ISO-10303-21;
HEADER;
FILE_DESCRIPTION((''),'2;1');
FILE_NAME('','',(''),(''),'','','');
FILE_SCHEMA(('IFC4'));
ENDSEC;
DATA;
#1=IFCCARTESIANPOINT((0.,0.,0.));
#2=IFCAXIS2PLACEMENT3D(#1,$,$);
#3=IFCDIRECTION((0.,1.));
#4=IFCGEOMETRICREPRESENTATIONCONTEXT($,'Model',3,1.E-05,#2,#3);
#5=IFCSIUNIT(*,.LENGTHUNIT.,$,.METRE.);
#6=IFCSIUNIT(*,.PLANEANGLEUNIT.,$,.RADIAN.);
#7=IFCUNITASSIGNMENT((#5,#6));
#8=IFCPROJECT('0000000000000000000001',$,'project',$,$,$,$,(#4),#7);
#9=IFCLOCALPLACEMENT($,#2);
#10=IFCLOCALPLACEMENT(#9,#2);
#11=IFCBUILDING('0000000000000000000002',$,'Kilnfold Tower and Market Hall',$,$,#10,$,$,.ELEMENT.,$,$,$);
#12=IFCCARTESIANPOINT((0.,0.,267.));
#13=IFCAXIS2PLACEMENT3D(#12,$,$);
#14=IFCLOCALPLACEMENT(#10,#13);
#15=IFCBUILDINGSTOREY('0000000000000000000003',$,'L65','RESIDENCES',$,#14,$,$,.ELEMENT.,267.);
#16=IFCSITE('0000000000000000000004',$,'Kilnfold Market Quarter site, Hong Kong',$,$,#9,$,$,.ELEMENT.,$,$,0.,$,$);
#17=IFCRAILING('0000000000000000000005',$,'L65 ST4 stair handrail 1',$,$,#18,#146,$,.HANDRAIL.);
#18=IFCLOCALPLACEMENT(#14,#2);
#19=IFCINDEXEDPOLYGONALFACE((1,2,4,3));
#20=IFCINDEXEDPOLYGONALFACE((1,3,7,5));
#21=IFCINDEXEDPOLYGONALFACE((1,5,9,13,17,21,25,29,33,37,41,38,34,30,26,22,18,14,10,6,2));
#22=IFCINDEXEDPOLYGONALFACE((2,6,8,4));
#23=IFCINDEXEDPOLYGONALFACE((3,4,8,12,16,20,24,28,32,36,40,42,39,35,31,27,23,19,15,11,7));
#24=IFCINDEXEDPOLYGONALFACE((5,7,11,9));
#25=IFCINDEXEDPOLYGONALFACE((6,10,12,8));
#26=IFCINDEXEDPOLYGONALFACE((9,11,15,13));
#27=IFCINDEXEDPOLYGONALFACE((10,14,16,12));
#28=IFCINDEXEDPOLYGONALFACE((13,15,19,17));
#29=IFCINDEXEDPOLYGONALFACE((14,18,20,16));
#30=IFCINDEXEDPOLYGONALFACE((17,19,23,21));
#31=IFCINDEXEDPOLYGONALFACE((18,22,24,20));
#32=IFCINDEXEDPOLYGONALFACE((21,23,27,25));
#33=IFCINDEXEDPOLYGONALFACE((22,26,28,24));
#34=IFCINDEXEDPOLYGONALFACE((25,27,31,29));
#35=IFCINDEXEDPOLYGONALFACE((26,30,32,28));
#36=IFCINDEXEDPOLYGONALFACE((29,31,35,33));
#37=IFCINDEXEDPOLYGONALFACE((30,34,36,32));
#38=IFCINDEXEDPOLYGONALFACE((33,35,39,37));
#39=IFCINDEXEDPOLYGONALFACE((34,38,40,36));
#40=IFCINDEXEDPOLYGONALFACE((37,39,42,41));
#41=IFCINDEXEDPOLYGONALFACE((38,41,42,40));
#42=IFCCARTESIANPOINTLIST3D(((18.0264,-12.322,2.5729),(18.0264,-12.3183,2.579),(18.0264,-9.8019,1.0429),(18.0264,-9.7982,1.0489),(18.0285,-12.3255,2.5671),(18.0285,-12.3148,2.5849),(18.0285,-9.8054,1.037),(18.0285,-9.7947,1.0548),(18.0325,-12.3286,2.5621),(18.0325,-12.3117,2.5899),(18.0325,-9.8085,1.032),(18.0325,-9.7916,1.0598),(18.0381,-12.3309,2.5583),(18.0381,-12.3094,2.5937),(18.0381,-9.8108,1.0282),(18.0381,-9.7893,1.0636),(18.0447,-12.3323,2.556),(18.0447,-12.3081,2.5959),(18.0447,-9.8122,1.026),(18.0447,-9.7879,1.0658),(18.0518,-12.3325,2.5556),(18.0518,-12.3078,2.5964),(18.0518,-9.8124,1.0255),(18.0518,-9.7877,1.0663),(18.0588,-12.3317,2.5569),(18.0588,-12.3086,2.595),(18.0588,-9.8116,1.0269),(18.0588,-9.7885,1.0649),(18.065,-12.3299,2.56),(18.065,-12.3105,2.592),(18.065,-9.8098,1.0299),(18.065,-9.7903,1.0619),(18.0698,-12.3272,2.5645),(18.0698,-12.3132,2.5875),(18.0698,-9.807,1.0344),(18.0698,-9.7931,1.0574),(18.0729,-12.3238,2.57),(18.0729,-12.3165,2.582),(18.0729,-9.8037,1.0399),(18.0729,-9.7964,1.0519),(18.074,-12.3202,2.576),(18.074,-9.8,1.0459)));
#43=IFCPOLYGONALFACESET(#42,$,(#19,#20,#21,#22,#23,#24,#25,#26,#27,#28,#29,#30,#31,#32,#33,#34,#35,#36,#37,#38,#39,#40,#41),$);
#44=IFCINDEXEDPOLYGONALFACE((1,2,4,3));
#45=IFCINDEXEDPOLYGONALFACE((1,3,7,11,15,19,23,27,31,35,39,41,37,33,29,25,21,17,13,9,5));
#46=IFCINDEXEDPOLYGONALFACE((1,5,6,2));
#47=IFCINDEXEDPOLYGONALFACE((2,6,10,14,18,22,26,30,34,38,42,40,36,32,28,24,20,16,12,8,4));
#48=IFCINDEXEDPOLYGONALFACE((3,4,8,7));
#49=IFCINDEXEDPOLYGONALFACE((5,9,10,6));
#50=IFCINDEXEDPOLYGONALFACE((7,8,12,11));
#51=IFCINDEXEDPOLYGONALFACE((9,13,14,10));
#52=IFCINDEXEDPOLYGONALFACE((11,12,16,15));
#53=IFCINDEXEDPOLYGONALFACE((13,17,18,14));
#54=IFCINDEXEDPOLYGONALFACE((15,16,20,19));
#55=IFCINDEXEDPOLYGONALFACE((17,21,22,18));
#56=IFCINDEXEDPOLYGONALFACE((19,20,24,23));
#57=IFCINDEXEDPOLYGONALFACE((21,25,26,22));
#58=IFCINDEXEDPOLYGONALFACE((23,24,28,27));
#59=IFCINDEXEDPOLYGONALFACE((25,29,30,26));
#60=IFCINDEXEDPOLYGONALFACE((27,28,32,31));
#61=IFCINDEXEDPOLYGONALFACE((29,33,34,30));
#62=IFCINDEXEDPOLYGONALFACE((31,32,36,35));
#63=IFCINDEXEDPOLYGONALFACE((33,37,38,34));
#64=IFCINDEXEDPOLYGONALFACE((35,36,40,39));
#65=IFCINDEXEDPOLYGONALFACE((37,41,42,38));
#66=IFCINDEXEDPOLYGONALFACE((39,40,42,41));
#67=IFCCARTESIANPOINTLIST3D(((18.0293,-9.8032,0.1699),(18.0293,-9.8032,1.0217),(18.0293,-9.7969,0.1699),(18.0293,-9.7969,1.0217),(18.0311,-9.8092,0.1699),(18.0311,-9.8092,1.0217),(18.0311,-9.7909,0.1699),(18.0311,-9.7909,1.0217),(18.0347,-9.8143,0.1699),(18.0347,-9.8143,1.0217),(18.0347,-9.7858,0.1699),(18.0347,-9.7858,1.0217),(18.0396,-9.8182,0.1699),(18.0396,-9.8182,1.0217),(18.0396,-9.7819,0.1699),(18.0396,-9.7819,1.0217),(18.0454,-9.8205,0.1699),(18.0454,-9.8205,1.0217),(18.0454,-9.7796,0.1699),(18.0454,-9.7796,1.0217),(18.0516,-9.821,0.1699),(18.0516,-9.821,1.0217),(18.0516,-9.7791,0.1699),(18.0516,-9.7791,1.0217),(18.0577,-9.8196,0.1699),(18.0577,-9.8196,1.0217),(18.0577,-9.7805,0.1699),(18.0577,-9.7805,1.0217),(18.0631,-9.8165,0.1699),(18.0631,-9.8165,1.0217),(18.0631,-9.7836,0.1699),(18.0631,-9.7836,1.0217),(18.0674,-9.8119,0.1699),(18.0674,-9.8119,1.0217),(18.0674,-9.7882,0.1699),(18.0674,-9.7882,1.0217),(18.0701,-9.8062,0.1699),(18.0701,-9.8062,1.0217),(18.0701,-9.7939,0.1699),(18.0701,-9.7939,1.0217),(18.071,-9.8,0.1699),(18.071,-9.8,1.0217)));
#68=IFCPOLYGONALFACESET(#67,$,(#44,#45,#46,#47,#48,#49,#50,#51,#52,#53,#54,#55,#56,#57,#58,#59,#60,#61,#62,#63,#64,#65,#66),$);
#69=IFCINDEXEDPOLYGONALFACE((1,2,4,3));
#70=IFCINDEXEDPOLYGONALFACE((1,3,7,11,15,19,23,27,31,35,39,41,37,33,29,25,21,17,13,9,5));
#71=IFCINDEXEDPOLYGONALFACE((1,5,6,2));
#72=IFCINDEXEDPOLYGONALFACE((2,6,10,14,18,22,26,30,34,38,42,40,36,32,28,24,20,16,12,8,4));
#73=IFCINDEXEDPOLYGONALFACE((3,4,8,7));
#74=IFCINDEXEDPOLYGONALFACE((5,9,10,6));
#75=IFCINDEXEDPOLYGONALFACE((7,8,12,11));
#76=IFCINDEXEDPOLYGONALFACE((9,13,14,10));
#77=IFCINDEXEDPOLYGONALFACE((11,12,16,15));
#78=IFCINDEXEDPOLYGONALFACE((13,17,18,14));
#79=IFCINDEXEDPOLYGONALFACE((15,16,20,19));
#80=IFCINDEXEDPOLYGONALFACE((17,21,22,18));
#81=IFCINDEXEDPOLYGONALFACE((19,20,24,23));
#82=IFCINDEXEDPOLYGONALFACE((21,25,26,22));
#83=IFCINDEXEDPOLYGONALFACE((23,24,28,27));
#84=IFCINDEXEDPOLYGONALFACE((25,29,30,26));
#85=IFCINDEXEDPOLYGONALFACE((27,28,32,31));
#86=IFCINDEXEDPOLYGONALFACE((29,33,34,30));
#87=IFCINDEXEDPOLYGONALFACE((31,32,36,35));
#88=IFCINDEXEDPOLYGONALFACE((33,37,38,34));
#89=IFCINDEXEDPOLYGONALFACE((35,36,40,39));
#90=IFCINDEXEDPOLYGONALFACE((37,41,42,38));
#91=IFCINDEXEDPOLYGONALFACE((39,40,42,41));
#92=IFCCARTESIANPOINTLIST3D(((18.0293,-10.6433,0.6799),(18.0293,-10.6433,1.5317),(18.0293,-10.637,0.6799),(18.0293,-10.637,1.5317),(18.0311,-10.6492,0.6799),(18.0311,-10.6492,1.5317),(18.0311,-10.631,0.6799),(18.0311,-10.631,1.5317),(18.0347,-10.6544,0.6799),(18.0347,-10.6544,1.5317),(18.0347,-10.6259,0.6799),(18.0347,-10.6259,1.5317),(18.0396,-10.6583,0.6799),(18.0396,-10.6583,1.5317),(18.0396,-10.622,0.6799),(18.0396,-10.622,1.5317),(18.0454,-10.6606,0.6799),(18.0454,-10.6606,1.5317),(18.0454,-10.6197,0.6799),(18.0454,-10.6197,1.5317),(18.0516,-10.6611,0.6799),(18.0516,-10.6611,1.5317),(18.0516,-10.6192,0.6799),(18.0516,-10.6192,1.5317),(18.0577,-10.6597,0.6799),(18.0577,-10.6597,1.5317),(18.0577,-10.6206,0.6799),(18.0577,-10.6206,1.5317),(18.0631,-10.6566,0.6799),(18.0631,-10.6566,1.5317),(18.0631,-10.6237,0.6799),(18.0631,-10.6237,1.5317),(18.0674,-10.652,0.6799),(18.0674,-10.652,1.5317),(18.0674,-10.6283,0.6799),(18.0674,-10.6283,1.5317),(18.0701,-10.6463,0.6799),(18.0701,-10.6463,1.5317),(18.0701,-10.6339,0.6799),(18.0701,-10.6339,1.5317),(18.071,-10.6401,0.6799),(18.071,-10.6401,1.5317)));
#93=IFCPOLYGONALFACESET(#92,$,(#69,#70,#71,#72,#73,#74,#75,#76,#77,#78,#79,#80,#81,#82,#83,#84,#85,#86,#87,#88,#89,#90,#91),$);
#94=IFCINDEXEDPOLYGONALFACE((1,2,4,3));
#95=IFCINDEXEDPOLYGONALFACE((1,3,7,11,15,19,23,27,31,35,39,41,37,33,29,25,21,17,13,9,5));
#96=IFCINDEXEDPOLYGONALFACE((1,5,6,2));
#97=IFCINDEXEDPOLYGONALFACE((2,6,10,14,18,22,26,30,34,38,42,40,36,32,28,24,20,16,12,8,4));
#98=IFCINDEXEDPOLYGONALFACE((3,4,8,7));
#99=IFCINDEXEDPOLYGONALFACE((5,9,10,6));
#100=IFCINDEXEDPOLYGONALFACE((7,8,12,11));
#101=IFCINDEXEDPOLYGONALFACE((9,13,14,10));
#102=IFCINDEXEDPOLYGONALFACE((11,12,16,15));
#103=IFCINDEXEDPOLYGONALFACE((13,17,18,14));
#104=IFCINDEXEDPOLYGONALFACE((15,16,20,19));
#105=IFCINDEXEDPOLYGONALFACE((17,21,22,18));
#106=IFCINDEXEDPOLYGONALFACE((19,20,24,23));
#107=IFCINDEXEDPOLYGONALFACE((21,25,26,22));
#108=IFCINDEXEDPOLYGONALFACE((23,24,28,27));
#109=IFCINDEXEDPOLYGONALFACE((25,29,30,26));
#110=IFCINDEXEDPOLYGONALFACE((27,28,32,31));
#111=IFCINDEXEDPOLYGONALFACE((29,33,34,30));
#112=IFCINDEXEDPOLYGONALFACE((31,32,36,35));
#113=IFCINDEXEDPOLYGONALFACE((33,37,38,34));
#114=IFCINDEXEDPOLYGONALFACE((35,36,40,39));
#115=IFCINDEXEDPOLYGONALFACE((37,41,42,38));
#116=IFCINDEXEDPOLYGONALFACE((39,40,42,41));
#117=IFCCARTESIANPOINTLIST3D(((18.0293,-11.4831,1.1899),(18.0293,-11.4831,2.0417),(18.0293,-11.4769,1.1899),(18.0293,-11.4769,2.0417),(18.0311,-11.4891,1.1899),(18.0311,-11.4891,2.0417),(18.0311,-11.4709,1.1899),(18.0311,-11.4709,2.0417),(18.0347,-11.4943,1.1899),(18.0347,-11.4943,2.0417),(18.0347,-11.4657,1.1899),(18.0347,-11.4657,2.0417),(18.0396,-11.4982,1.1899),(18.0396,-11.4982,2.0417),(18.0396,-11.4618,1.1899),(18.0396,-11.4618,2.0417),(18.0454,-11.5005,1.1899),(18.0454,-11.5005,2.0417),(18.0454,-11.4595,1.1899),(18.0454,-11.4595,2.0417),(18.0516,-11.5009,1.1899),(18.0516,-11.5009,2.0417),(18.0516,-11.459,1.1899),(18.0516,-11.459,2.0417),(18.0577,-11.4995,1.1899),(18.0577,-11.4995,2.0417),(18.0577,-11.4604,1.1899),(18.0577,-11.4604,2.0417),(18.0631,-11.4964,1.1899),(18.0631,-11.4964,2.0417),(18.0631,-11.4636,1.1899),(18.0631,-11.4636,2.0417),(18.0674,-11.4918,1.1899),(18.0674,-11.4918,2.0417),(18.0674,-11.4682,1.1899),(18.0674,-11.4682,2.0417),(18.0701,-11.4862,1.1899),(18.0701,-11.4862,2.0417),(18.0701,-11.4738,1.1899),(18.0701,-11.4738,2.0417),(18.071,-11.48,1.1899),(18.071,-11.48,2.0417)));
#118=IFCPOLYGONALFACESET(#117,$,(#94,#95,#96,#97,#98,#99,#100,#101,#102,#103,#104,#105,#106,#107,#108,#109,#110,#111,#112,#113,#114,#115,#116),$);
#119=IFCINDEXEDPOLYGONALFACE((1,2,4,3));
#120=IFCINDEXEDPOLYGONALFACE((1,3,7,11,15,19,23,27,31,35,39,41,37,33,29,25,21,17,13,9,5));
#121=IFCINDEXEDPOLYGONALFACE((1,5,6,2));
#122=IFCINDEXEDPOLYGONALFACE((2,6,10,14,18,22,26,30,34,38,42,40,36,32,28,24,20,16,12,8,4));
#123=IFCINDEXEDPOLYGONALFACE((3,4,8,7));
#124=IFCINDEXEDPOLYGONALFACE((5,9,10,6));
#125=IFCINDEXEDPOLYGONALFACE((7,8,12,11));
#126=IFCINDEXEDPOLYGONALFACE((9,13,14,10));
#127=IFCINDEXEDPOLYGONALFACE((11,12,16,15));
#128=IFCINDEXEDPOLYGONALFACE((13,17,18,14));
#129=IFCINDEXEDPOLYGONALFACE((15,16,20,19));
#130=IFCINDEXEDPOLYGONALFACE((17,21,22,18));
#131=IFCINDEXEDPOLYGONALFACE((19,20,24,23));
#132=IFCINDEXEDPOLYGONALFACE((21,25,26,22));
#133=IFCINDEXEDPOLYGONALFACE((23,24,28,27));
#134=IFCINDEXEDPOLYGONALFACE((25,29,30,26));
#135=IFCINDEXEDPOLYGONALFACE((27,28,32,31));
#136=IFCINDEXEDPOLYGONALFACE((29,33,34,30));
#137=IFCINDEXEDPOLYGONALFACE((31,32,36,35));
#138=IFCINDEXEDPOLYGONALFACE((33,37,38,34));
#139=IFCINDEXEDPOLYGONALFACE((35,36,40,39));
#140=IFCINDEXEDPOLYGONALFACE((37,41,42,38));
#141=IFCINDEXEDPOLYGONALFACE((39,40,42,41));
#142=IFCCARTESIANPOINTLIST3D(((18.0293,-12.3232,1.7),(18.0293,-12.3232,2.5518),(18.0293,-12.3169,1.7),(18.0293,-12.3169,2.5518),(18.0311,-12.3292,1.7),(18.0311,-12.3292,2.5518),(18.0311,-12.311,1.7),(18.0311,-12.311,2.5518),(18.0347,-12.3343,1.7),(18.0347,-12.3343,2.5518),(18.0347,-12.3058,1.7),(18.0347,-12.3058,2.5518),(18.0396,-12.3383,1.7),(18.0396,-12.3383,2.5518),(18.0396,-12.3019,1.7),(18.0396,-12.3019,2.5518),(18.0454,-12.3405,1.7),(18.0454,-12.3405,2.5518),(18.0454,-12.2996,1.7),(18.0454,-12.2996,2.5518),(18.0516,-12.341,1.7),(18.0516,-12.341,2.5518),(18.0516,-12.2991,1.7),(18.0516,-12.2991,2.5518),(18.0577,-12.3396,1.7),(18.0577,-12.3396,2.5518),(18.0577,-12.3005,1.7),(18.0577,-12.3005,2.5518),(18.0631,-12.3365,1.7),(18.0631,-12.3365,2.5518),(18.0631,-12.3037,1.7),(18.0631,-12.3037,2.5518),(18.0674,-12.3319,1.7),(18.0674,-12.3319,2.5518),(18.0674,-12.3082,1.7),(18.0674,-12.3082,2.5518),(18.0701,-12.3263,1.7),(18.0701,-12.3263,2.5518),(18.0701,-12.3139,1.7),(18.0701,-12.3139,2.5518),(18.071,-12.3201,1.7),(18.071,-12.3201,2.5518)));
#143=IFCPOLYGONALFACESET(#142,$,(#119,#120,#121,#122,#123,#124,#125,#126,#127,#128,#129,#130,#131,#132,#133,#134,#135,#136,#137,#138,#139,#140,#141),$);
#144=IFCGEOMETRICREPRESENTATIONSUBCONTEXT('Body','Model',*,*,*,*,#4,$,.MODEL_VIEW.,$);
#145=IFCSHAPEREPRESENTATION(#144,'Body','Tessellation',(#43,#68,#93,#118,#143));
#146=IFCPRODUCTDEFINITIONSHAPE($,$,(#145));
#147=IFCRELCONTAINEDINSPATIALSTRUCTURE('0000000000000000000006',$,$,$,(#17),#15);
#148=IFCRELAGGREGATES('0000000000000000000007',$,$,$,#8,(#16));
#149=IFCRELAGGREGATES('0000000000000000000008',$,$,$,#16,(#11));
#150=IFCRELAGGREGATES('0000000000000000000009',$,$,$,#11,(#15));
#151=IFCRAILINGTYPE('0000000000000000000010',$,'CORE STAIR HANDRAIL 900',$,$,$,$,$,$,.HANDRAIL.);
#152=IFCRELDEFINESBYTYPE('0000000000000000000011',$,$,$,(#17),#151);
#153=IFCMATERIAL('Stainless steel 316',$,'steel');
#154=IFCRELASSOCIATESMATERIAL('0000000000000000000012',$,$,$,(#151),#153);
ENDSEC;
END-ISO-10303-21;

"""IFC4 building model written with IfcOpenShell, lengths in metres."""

from ifc_helpers import new_model, si_unit, direction, frame, origin, origin_2d, place, context, subcontext, project, spatial, circle, extrude, material, type_object, element, save


model = new_model("IFC4")

# Units and contexts
model_context = context("Model", 3, precision=1e-05, world=origin(), true_north=direction((0.0, 1.0)))
body_context = subcontext(model_context, "Body", "Model", "MODEL_VIEW")
ifc_project = project(units=[si_unit("LENGTHUNIT", "METRE"), si_unit("PLANEANGLEUNIT", "RADIAN")], contexts=[model_context])

# Site, building, storey
site_placement = place(None, origin())
site = spatial("IfcSite", under=ifc_project, at=site_placement, Name="Kilnfold Market Quarter site, Hong Kong", CompositionType="ELEMENT", RefElevation=0.0)
building_placement = place(site_placement, origin())
building = spatial("IfcBuilding", under=site, at=building_placement, Name="Kilnfold Tower and Market Hall", CompositionType="ELEMENT")
storey_placement = place(building_placement, frame((0.0, 0.0, 267.0)))
storey = spatial("IfcBuildingStorey", under=building, at=storey_placement, Name="L65", Description="RESIDENCES", CompositionType="ELEMENT", Elevation=267.0)

# Railing
ifc_material_1 = material(Name="Stainless steel 316", Category="steel")
railing_type_1 = type_object("IfcRailingType", Name="CORE STAIR HANDRAIL 900", PredefinedType="HANDRAIL", material=ifc_material_1)
railing_1_placement = place(storey_placement, frame((18.05, -9.8, 0.1699)))
element("IfcRailing", 1, at=railing_1_placement, inside=storey, type_object=railing_type_1, Name="L65 ST4 stair handrail 1", PredefinedType="HANDRAIL", context=body_context, shape_type="SweptSolid", body=[
    extrude(circle(Radius=0.0239, at=origin_2d()), frame((0.0, 0.0, 0.876), z_axis=(0.0, -0.854785, 0.518982), x_axis=(1.0, 0.0, 0.0)), (0.0, 0.0, 1.0), 2.9482),
    extrude(circle(Radius=0.021, at=origin_2d()), origin(), (0.0, 0.0, 1.0), 0.8518),
    extrude(circle(Radius=0.021, at=origin_2d()), frame((0.0, -0.8401, 0.51)), (0.0, 0.0, 1.0), 0.8518),
    extrude(circle(Radius=0.021, at=origin_2d()), frame((0.0, -1.6799, 1.02)), (0.0, 0.0, 1.0), 0.8518),
    extrude(circle(Radius=0.021, at=origin_2d()), frame((0.0, -2.52, 1.53)), (0.0, 0.0, 1.0), 0.8518),
])

save(model, "model.ifc")
